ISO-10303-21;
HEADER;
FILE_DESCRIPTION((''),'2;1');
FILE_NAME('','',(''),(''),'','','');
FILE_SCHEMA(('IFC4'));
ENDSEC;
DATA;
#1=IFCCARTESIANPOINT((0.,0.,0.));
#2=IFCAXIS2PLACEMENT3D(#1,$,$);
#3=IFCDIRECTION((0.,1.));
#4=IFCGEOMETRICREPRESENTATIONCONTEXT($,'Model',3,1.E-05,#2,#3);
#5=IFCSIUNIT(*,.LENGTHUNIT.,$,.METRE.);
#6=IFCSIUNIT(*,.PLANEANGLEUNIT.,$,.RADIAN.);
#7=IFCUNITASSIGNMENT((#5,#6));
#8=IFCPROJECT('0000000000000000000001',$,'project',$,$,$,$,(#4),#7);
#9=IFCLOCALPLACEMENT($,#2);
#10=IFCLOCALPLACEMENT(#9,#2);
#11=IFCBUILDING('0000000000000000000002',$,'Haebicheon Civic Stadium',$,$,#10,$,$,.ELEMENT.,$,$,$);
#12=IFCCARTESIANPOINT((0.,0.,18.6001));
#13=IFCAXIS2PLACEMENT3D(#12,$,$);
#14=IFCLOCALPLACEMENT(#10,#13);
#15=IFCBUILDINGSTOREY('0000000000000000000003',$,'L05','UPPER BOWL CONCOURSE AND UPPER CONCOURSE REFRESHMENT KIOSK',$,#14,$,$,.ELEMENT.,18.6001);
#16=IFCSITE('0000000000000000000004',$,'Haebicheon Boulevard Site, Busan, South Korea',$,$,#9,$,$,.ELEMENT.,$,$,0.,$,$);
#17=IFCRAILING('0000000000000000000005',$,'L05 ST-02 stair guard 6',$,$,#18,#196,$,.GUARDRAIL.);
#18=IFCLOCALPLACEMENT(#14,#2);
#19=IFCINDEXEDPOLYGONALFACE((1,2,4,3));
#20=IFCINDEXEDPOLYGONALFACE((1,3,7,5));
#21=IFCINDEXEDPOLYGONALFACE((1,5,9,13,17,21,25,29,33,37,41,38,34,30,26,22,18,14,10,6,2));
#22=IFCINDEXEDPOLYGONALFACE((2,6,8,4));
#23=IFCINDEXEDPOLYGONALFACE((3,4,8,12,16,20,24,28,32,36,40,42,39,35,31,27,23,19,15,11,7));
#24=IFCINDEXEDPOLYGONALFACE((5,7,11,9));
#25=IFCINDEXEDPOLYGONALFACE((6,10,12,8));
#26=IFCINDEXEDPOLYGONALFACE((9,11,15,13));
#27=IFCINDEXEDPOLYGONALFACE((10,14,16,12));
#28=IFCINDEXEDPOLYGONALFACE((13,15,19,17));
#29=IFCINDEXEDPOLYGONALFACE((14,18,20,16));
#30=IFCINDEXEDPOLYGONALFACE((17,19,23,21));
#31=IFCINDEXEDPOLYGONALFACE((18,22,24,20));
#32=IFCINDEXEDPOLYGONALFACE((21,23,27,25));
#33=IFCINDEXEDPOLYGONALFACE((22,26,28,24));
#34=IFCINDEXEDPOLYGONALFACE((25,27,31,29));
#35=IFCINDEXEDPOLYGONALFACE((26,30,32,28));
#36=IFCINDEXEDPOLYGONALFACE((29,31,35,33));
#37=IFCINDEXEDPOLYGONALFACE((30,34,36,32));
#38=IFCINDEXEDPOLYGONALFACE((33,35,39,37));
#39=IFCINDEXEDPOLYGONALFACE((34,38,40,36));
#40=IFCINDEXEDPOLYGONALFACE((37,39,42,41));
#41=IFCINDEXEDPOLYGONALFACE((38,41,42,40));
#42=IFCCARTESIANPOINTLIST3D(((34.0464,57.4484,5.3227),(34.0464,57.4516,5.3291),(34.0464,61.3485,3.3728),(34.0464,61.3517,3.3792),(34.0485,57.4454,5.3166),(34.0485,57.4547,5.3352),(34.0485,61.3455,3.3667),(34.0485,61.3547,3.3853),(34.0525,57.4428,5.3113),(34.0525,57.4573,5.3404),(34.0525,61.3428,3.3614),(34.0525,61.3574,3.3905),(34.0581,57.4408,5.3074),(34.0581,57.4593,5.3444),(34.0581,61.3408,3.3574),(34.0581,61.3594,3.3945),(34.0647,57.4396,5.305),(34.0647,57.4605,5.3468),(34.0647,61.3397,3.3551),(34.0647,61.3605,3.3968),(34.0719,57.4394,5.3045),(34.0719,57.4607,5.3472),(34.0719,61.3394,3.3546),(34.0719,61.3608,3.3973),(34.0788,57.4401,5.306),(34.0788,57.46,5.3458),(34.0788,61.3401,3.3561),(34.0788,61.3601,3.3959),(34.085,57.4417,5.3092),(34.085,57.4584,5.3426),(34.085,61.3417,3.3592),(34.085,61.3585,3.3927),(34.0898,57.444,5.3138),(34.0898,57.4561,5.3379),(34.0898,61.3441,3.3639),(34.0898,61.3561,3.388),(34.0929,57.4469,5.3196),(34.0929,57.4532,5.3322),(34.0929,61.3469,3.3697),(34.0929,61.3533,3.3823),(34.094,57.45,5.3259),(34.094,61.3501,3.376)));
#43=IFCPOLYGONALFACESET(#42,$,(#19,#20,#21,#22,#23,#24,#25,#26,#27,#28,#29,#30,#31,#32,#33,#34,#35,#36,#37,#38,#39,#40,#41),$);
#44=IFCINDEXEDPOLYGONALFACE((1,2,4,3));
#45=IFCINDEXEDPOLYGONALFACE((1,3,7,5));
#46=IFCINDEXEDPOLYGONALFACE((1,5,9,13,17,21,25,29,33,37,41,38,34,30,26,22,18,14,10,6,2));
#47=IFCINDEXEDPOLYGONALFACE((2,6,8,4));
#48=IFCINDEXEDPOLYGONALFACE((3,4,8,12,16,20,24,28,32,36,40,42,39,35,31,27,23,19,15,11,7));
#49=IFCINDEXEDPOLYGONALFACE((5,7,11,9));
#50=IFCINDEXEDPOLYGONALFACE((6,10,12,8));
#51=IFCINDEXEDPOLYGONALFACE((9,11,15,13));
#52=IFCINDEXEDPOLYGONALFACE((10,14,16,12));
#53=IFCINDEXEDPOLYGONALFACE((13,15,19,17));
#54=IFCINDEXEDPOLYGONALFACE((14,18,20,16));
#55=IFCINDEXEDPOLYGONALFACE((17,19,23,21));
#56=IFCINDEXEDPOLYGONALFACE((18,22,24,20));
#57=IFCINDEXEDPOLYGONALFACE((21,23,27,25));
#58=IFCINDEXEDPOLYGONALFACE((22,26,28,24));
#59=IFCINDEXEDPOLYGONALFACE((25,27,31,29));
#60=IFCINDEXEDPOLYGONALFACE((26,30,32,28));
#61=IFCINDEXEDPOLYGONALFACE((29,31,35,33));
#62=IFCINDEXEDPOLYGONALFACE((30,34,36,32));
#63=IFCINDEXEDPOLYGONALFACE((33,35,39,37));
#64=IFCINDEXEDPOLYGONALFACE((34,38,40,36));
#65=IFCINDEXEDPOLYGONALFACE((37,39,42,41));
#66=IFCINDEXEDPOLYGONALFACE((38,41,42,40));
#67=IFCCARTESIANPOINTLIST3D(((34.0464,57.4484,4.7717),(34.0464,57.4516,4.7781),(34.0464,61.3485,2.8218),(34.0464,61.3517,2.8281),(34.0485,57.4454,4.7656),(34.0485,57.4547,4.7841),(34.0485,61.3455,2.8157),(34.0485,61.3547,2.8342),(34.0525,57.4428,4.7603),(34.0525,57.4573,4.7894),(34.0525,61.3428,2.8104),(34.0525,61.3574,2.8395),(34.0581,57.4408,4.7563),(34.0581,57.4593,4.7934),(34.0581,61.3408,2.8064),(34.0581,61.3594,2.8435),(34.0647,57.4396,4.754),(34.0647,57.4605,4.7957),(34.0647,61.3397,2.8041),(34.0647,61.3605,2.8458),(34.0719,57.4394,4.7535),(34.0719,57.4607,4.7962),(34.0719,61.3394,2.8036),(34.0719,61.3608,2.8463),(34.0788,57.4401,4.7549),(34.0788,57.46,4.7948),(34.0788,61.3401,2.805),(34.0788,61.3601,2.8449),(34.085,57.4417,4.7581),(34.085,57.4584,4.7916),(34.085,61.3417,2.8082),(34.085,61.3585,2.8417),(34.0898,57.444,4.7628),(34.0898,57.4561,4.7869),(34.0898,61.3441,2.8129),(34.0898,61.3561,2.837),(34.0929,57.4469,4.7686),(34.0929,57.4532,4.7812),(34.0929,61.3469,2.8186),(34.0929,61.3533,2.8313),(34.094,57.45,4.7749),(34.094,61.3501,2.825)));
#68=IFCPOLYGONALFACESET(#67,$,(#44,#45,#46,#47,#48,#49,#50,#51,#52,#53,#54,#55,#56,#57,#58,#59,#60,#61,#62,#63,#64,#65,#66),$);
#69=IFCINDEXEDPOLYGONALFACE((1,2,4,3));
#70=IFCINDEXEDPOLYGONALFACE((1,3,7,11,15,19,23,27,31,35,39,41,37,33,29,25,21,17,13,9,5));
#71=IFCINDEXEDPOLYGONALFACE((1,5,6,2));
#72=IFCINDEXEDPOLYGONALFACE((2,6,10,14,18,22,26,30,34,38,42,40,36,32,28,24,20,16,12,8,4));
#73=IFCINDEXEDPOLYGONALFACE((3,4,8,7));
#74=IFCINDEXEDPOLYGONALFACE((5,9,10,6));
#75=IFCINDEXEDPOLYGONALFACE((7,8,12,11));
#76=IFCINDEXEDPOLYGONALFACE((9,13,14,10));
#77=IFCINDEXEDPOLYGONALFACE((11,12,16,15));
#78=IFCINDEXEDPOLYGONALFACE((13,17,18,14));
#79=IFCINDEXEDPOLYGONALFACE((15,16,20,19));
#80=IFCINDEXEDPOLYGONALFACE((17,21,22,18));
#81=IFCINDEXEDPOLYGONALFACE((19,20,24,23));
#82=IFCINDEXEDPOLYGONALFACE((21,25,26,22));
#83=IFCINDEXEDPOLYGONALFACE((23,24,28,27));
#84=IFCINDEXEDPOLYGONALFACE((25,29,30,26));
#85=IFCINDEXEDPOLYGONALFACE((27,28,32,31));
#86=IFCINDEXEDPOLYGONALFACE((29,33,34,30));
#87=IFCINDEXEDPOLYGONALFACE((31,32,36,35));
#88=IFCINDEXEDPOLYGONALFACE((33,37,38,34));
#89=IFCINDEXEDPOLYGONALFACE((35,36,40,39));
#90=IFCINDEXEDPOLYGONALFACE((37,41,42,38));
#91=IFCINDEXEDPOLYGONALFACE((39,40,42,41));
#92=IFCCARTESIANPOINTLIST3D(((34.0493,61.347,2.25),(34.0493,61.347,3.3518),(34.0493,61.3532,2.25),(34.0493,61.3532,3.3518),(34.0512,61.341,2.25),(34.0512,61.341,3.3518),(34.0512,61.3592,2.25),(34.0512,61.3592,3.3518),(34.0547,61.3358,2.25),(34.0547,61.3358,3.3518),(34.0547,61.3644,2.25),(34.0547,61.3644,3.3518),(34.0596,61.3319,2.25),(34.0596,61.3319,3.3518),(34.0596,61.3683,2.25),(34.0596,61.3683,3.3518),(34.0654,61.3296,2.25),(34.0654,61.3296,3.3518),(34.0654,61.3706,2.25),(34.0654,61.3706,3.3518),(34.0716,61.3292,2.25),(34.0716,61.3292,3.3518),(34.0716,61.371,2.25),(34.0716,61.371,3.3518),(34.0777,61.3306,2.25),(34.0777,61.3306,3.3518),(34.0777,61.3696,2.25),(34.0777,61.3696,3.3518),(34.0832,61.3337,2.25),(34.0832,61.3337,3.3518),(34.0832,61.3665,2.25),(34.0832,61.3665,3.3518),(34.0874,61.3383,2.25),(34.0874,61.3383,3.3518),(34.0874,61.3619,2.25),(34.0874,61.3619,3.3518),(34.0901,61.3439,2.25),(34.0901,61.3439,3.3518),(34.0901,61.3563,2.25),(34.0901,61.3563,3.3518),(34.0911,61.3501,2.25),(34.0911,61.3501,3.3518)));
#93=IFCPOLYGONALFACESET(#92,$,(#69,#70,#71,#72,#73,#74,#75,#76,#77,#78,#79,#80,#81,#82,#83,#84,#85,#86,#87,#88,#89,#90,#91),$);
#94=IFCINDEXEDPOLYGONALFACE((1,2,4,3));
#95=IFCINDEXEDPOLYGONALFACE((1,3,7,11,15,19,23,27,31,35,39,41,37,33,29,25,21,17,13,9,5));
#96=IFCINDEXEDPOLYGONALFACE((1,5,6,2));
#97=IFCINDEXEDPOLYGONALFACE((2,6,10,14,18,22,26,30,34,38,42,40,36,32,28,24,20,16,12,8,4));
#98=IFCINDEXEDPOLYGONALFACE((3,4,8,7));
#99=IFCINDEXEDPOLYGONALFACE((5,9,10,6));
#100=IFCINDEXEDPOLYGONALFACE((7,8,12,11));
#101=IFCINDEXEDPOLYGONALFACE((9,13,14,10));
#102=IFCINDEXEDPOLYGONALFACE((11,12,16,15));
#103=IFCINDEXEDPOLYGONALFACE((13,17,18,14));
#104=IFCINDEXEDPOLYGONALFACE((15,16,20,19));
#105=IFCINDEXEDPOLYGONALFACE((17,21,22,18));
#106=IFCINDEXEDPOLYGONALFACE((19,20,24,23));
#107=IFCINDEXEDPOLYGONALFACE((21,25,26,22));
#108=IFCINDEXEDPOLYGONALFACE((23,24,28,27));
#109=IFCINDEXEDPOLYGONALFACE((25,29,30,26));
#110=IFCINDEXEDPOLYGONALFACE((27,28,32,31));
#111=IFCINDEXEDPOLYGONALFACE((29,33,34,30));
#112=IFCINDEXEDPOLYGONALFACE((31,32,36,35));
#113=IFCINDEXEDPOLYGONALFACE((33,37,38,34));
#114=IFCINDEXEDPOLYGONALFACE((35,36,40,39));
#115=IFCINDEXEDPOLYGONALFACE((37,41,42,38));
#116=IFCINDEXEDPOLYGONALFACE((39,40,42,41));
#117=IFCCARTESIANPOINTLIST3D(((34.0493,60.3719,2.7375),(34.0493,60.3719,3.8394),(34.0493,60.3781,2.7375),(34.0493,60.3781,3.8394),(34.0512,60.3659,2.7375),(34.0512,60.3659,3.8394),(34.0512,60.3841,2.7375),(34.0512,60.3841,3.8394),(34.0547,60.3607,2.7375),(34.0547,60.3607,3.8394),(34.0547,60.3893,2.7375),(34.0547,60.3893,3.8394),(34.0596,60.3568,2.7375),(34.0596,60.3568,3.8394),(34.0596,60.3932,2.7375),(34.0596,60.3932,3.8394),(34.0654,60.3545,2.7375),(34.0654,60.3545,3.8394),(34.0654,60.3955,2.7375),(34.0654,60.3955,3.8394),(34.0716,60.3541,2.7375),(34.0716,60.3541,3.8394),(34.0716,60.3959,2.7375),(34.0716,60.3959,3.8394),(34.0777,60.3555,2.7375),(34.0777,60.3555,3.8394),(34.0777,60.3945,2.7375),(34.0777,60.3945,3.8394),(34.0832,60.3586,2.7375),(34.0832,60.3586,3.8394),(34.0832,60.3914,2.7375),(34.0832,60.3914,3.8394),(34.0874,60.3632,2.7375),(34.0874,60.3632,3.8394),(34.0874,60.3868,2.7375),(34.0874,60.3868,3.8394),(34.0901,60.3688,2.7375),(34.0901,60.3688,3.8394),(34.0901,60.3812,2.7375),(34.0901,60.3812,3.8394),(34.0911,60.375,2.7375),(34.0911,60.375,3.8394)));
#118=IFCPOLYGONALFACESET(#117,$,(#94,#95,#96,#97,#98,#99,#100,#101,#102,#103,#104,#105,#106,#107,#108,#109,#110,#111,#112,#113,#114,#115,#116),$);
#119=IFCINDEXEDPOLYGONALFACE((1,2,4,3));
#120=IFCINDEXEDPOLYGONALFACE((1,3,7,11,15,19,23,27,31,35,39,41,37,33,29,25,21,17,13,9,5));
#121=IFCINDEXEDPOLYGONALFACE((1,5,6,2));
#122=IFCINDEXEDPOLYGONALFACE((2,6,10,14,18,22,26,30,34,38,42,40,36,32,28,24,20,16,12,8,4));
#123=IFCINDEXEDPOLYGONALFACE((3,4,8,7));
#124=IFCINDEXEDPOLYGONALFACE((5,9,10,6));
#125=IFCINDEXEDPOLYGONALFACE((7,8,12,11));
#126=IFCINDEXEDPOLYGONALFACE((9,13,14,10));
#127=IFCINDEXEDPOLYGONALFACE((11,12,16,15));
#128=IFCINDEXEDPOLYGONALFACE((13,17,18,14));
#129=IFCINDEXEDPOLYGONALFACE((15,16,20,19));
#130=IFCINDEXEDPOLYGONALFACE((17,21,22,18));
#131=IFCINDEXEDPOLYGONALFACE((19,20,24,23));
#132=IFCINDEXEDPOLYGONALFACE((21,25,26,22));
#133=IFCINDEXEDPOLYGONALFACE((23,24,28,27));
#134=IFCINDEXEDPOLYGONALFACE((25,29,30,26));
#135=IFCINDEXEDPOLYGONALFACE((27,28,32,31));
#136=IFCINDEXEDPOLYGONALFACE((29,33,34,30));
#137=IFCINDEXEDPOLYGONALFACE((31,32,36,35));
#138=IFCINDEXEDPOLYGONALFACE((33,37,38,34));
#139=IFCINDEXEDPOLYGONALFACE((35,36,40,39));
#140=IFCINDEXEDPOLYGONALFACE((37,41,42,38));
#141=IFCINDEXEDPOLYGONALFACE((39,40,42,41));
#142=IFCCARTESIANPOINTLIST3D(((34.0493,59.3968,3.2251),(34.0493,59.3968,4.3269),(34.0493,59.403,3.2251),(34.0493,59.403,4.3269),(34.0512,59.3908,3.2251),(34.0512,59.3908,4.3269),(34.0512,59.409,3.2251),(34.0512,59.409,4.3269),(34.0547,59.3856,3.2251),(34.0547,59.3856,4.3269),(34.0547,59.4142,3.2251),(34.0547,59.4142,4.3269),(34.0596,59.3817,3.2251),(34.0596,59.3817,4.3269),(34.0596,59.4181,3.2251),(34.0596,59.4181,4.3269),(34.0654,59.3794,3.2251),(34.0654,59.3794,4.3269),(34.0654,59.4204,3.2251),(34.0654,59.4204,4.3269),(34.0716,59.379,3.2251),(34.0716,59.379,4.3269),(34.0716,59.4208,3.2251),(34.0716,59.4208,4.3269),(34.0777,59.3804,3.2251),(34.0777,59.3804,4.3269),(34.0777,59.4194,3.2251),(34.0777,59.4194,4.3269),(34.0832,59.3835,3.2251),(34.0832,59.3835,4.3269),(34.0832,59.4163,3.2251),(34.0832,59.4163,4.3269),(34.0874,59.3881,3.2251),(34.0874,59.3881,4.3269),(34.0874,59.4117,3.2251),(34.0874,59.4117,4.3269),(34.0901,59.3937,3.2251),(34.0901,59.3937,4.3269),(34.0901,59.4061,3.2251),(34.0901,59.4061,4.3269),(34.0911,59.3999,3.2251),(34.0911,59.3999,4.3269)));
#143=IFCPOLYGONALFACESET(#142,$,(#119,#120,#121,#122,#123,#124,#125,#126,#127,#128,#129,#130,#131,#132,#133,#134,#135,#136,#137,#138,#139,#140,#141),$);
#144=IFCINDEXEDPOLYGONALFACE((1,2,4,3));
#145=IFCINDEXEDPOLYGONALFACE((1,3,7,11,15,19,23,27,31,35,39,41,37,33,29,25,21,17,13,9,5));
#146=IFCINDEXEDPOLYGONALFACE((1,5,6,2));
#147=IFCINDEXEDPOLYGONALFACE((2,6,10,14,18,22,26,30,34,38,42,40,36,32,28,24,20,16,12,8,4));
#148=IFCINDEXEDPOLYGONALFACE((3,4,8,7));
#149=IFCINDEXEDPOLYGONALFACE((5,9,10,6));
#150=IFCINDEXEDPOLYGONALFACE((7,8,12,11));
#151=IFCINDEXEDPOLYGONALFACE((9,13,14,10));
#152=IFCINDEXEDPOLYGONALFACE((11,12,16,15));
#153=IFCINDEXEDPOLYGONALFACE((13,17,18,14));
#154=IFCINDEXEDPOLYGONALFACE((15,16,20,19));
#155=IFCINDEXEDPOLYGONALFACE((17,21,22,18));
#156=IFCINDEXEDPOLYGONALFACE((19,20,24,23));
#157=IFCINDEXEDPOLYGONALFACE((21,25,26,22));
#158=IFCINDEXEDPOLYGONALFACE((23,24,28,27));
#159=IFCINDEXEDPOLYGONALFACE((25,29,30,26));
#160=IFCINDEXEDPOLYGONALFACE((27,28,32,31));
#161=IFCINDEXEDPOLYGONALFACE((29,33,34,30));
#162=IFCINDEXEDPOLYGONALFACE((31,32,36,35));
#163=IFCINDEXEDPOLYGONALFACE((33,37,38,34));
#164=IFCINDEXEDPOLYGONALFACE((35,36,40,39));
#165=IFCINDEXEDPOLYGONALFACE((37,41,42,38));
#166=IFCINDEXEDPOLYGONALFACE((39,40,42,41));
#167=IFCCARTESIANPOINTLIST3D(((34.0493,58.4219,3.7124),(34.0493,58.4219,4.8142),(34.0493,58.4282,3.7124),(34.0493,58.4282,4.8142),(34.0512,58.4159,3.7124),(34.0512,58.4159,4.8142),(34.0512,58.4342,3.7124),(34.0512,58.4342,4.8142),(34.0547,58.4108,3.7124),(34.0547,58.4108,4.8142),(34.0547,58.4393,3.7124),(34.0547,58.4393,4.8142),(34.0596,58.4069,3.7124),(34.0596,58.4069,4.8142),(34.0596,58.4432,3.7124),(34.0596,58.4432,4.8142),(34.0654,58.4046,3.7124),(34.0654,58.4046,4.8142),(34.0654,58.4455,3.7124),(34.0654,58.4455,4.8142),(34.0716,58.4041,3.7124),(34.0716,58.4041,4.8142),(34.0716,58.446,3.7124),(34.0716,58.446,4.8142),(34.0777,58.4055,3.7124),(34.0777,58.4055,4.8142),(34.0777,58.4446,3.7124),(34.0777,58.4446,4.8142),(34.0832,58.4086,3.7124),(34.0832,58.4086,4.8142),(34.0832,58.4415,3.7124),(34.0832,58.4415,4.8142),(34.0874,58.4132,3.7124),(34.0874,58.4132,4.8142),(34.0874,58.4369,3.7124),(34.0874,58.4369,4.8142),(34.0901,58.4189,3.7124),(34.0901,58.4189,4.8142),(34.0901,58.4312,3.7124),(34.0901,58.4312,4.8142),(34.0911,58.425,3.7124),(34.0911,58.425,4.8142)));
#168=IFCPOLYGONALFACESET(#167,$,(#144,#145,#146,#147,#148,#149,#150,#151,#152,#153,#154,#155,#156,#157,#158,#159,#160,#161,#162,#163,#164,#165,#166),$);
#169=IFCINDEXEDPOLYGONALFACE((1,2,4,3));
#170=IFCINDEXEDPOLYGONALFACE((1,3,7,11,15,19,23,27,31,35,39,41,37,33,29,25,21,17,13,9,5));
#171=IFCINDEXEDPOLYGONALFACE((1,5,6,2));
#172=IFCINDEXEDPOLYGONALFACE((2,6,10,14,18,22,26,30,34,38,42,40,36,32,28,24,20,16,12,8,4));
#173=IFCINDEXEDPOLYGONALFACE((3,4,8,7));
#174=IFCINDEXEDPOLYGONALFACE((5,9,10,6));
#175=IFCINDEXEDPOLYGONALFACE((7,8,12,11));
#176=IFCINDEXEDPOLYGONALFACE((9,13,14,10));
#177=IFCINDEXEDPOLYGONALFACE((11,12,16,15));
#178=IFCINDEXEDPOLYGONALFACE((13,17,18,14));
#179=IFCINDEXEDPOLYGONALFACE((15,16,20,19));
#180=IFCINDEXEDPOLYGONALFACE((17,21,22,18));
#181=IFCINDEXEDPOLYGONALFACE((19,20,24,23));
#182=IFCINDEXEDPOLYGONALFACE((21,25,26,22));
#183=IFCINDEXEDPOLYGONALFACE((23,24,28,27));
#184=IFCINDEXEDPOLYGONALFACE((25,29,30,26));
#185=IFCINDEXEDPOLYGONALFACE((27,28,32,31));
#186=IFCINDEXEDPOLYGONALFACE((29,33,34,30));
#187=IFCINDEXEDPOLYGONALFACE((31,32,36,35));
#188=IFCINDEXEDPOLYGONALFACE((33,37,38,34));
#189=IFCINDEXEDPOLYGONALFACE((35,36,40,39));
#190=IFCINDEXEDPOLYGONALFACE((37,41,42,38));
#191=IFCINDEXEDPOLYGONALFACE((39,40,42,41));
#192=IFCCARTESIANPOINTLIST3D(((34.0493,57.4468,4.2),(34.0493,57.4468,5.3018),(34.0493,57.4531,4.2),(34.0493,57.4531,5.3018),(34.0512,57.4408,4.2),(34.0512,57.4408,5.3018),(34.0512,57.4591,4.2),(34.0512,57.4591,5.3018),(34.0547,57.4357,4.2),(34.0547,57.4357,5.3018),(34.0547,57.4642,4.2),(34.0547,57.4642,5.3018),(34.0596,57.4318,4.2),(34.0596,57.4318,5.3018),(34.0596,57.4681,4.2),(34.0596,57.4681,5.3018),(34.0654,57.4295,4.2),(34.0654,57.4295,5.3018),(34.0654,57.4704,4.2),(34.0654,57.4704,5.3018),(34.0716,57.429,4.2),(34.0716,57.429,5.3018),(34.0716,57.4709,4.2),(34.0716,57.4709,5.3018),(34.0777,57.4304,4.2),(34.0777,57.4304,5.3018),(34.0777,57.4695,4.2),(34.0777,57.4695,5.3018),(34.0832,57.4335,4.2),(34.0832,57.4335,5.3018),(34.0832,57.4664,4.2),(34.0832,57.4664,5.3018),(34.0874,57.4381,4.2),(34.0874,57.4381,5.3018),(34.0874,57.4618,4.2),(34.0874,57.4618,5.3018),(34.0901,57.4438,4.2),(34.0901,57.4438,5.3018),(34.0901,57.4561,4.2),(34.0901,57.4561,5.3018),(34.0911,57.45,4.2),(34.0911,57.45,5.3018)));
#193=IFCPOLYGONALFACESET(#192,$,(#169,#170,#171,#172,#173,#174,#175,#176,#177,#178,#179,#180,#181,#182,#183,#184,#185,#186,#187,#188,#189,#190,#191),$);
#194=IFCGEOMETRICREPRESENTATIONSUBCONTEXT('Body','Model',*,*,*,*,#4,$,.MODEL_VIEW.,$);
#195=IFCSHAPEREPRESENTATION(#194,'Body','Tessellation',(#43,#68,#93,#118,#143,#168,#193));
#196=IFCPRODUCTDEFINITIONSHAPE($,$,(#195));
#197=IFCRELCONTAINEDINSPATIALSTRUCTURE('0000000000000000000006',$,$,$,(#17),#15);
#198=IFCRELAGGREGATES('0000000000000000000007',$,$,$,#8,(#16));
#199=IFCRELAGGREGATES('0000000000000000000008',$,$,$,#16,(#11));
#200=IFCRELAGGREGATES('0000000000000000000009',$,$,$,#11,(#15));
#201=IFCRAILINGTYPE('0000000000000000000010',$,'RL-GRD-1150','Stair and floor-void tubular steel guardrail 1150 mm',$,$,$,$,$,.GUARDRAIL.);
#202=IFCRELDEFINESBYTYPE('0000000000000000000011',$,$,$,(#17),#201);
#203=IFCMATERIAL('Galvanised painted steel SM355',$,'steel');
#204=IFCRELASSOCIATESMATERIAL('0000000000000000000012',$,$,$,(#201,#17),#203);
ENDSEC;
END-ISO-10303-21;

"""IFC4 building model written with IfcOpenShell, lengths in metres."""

from ifc_helpers import new_model, si_unit, direction, frame, origin, origin_2d, place, context, subcontext, project, spatial, circle, extrude, material, type_object, element, save


model = new_model("IFC4")

# Units and contexts
model_context = context("Model", 3, precision=1e-05, world=origin(), true_north=direction((0.0, 1.0)))
body_context = subcontext(model_context, "Body", "Model", "MODEL_VIEW")
ifc_project = project(units=[si_unit("LENGTHUNIT", "METRE"), si_unit("PLANEANGLEUNIT", "RADIAN")], contexts=[model_context])

# Site, building, storey
site_placement = place(None, origin())
site = spatial("IfcSite", under=ifc_project, at=site_placement, Name="Haebicheon Boulevard Site, Busan, South Korea", CompositionType="ELEMENT", RefElevation=0.0)
building_placement = place(site_placement, origin())
building = spatial("IfcBuilding", under=site, at=building_placement, Name="Haebicheon Civic Stadium", CompositionType="ELEMENT")
storey_placement = place(building_placement, frame((0.0, 0.0, 18.6001)))
storey = spatial("IfcBuildingStorey", under=building, at=storey_placement, Name="L05", Description="UPPER BOWL CONCOURSE AND UPPER CONCOURSE REFRESHMENT KIOSK", CompositionType="ELEMENT", Elevation=18.6001)

# Railing
ifc_material_1 = material(Name="Galvanised painted steel SM355", Category="steel")
railing_type_1 = type_object("IfcRailingType", Name="RL-GRD-1150", Description="Stair and floor-void tubular steel guardrail 1150 mm", PredefinedType="GUARDRAIL", material=ifc_material_1)
railing_1_placement = place(storey_placement, frame((34.0701, 61.3501, 2.25)))
element("IfcRailing", 1, at=railing_1_placement, inside=storey, type_object=railing_type_1, material=ifc_material_1, Name="L05 ST-02 stair guard 6", PredefinedType="GUARDRAIL", context=body_context, shape_type="SweptSolid", body=[
    extrude(circle(Radius=0.0239, at=origin_2d()), frame((0.0, 0.0, 1.126), z_axis=(0.0, -0.894438, 0.447191), x_axis=(1.0, 0.0, 0.0)), (0.0, 0.0, 1.0), 4.3604),
    extrude(circle(Radius=0.0239, at=origin_2d()), frame((0.0, 0.0, 0.575), z_axis=(0.0, -0.894438, 0.447191), x_axis=(1.0, 0.0, 0.0)), (0.0, 0.0, 1.0), 4.3604),
    extrude(circle(Radius=0.021, at=origin_2d()), origin(), (0.0, 0.0, 1.0), 1.1018),
    extrude(circle(Radius=0.021, at=origin_2d()), frame((0.0, -0.9751, 0.4875)), (0.0, 0.0, 1.0), 1.1018),
    extrude(circle(Radius=0.021, at=origin_2d()), frame((0.0, -1.9502, 0.9751)), (0.0, 0.0, 1.0), 1.1018),
    extrude(circle(Radius=0.021, at=origin_2d()), frame((0.0, -2.925, 1.4624)), (0.0, 0.0, 1.0), 1.1018),
    extrude(circle(Radius=0.021, at=origin_2d()), frame((0.0, -3.9001, 1.95)), (0.0, 0.0, 1.0), 1.1018),
])

save(model, "model.ifc")
